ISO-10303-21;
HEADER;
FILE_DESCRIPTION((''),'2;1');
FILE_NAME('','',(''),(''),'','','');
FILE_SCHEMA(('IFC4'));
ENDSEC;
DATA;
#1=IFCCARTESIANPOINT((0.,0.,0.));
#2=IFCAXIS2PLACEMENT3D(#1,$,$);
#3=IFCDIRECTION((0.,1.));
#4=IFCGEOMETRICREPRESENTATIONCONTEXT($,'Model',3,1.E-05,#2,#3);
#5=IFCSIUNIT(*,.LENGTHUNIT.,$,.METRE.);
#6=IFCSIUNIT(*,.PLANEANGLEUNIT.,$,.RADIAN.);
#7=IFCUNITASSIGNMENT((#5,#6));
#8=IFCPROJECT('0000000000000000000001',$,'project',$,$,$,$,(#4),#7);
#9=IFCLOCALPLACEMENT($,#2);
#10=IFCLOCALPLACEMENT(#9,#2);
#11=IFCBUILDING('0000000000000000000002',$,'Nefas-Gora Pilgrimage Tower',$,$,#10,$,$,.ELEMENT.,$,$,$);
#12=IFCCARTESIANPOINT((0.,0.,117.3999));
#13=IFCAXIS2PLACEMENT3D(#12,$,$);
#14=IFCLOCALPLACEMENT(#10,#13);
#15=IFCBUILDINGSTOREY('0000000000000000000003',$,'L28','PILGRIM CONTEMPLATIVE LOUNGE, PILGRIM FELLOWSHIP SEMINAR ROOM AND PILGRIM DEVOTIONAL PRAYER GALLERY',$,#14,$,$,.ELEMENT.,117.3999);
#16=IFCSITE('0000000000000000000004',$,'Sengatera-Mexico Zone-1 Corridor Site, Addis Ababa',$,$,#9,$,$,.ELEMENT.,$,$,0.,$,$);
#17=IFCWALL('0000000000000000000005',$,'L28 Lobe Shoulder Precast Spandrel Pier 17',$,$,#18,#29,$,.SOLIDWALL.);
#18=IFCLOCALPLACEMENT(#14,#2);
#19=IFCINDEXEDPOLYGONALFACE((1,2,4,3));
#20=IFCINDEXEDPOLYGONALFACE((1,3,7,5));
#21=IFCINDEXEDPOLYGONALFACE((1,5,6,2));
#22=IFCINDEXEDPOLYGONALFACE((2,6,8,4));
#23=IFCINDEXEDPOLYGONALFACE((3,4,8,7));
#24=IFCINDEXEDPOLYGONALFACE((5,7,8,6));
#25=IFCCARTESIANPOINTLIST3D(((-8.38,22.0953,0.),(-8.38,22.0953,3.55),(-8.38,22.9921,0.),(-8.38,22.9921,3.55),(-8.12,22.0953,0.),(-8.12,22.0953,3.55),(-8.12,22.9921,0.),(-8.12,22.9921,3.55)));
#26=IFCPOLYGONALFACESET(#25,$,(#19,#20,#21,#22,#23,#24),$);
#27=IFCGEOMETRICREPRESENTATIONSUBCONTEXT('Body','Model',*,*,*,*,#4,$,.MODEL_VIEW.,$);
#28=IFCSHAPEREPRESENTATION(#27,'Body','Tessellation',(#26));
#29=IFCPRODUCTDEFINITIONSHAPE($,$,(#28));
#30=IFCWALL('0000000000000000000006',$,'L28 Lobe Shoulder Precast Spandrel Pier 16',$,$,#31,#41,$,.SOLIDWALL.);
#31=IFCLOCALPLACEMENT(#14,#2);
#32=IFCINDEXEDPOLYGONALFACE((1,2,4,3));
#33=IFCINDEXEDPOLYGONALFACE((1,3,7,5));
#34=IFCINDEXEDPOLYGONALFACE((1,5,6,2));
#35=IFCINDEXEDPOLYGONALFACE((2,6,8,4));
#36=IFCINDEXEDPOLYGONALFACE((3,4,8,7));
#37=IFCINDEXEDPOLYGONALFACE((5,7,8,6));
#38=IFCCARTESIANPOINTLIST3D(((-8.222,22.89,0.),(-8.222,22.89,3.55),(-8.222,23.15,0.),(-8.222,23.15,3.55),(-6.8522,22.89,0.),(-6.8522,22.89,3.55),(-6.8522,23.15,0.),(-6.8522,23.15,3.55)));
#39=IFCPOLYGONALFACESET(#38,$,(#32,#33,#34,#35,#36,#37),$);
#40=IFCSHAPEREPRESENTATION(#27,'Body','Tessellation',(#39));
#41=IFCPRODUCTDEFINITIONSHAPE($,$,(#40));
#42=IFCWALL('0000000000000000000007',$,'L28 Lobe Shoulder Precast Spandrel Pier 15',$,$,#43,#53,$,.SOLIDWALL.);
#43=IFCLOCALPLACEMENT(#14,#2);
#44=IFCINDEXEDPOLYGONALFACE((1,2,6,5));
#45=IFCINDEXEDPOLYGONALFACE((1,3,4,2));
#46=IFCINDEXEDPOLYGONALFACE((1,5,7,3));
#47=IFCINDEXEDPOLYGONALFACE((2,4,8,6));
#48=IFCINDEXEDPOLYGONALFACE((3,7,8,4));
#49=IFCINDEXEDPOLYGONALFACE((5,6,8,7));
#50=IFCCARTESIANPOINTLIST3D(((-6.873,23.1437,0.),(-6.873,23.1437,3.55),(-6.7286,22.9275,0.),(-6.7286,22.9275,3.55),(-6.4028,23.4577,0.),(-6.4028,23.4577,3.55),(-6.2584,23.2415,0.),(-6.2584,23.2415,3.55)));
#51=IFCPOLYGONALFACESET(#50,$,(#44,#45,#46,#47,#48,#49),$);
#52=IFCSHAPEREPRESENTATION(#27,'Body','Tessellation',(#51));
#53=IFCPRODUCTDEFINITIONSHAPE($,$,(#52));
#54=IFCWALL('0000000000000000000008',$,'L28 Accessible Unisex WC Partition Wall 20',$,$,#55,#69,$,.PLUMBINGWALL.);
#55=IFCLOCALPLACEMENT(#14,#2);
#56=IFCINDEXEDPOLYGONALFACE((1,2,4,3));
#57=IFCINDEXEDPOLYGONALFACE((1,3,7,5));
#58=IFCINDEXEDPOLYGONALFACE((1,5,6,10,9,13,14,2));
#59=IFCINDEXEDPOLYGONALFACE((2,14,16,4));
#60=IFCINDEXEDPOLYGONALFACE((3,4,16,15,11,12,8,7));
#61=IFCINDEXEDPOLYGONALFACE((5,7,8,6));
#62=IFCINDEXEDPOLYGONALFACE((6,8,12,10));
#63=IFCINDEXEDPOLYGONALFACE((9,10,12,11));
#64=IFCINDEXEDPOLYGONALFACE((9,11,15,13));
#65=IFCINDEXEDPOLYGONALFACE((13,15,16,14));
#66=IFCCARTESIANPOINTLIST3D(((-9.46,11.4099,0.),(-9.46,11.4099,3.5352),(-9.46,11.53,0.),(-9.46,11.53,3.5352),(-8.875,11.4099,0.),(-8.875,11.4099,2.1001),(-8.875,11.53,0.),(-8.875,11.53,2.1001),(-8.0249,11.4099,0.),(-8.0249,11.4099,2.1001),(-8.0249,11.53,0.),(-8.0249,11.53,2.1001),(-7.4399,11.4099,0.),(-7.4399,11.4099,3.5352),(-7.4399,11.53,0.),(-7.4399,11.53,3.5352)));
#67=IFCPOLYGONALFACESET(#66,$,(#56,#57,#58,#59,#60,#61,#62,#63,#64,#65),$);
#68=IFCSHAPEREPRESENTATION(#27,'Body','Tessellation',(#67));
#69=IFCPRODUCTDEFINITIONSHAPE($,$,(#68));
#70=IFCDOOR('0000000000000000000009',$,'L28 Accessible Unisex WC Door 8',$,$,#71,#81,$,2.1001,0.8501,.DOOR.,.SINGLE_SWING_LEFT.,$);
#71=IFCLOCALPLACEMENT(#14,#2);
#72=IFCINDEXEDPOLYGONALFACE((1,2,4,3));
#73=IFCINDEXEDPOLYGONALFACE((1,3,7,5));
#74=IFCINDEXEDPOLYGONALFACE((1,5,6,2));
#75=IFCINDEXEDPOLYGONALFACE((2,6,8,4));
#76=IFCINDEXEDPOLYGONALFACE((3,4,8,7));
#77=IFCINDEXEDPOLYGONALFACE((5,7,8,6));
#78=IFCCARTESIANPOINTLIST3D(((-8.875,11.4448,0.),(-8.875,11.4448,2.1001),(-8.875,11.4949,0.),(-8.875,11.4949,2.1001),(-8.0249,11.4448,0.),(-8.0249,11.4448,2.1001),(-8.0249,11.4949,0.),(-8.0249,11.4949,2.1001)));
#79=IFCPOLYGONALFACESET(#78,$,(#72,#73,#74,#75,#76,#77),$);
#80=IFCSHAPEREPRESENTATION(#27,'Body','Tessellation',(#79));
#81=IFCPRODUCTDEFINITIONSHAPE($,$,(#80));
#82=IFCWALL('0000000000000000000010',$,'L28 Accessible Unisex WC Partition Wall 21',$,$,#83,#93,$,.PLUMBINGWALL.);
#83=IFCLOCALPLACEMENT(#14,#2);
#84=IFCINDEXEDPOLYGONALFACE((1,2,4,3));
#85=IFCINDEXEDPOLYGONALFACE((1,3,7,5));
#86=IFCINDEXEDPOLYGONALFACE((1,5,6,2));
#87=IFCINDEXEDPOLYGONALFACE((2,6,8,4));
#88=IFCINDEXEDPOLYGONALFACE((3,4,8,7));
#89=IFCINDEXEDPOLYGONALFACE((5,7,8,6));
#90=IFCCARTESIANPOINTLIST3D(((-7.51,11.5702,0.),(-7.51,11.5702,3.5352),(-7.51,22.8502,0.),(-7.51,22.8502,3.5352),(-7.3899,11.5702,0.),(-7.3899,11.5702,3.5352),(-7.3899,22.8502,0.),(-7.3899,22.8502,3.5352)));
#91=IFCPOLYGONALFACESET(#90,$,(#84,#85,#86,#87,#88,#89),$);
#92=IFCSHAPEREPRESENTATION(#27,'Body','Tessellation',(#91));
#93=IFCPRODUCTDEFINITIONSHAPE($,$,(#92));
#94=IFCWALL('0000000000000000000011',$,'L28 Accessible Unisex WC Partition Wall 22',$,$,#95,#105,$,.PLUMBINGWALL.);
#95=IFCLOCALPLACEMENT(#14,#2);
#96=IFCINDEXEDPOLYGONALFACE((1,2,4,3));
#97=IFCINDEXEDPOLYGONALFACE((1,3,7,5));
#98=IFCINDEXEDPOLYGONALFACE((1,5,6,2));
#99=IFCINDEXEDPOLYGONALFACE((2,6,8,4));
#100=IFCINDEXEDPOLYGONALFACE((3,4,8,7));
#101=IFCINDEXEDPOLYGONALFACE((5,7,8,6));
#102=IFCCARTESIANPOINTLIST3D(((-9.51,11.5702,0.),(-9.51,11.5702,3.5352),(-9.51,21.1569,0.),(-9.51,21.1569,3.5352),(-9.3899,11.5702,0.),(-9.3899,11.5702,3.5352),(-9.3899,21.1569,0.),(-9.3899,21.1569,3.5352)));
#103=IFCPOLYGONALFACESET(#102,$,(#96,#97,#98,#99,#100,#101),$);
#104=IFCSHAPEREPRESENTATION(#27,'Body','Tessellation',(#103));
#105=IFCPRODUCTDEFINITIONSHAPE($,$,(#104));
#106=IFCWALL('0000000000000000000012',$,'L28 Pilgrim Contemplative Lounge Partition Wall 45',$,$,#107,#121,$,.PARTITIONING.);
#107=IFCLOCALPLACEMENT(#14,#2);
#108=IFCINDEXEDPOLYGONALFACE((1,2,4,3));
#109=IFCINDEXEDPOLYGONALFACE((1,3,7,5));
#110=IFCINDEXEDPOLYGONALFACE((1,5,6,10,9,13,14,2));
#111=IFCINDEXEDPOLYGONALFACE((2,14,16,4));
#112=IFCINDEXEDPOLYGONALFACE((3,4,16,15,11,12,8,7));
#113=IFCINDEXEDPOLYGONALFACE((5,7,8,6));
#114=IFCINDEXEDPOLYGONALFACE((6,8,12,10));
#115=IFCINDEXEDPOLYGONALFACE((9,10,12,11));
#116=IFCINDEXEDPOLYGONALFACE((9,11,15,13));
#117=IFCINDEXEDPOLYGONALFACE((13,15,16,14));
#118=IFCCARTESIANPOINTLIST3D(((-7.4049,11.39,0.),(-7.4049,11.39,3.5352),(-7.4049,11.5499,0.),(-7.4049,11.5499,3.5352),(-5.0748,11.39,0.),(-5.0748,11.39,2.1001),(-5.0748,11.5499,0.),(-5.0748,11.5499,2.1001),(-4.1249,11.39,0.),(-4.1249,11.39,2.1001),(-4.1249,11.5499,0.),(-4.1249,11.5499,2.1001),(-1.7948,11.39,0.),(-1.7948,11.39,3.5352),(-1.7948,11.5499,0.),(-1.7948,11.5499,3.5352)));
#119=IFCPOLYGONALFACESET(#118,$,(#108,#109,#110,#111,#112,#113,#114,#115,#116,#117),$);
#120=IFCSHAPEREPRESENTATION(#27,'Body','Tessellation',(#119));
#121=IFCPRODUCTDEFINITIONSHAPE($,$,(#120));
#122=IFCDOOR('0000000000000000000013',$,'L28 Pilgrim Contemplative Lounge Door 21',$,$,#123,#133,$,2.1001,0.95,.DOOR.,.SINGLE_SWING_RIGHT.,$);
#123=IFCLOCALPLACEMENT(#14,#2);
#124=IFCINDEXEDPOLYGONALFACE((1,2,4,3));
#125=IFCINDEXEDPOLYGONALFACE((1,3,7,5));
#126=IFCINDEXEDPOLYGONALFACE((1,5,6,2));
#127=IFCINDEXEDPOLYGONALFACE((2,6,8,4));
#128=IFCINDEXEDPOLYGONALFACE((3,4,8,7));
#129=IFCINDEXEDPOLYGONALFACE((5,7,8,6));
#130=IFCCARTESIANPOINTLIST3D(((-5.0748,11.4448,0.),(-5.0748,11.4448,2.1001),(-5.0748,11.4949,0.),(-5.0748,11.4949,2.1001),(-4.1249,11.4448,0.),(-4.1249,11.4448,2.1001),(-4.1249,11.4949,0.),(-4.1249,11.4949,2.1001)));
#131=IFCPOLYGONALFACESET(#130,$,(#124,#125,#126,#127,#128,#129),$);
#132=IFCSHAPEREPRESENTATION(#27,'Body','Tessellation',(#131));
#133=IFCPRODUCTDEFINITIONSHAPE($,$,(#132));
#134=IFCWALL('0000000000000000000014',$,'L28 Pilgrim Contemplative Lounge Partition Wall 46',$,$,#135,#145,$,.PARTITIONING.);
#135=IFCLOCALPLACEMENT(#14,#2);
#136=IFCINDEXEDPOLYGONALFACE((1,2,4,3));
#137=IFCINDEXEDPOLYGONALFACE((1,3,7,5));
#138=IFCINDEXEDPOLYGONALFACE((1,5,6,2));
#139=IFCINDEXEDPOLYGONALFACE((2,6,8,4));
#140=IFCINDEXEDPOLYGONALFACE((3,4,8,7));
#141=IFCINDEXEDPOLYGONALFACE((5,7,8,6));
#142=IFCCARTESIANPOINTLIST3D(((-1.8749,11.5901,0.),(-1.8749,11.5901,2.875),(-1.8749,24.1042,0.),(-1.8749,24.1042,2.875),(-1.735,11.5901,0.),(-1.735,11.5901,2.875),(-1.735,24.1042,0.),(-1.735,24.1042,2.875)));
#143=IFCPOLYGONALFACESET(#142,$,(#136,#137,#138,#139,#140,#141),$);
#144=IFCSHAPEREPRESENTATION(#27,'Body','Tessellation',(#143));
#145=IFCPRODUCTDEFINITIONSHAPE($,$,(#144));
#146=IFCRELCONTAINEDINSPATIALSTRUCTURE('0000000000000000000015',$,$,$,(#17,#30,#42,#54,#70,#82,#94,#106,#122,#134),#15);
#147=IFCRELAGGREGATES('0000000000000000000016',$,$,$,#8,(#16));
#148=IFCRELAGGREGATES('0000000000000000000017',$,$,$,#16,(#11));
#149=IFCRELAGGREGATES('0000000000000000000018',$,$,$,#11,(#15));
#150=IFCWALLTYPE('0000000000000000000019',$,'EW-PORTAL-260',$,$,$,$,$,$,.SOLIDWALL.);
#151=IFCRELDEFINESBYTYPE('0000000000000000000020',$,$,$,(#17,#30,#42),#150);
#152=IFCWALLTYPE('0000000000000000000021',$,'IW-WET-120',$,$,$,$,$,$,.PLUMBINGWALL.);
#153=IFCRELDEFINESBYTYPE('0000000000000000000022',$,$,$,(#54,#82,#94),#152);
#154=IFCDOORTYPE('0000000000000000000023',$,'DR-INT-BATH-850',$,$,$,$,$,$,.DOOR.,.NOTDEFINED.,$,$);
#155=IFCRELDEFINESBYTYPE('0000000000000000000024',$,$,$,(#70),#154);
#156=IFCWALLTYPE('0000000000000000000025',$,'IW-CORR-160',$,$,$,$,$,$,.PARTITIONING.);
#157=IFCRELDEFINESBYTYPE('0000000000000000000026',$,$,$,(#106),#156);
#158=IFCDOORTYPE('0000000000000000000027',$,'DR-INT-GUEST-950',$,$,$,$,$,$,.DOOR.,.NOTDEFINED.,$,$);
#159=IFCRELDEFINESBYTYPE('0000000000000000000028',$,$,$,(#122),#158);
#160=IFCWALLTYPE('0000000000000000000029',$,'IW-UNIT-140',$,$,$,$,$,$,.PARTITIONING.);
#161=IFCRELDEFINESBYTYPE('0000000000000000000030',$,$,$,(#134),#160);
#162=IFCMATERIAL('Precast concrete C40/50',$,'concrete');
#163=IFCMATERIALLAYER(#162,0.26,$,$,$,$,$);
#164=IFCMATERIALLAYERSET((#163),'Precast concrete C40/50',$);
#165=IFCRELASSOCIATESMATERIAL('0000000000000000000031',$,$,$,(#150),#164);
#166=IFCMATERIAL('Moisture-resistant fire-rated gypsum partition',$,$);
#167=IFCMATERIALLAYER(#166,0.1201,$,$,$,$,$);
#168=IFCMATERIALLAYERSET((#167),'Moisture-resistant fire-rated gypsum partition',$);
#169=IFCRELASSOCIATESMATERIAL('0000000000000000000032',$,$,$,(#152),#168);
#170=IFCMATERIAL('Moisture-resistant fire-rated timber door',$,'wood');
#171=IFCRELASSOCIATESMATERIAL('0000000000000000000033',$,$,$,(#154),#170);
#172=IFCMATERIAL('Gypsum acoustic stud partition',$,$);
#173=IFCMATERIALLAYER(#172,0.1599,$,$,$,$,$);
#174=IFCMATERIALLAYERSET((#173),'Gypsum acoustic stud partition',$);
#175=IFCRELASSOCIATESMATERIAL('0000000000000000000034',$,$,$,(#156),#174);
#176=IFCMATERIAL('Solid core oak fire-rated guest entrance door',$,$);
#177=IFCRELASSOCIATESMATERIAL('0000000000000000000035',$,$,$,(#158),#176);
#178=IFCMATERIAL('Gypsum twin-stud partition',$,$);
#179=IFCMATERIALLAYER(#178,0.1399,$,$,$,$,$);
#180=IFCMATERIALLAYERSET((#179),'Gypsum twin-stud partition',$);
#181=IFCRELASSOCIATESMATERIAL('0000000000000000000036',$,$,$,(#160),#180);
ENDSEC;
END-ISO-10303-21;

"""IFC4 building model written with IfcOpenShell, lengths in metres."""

from ifc_helpers import new_model, si_unit, direction, frame, frame_2d, origin, place, context, subcontext, project, spatial, rectangle, extrude, source, transform, mapped, material, layer, layer_set, type_object, element, fill, save


model = new_model("IFC4")

# Units and contexts
model_context = context("Model", 3, precision=1e-05, world=origin(), true_north=direction((0.0, 1.0)))
body_context = subcontext(model_context, "Body", "Model", "MODEL_VIEW")
ifc_project = project(units=[si_unit("LENGTHUNIT", "METRE"), si_unit("PLANEANGLEUNIT", "RADIAN")], contexts=[model_context])

# Site, building, storey
site_placement = place(None, origin())
site = spatial("IfcSite", under=ifc_project, at=site_placement, Name="Sengatera-Mexico Zone-1 Corridor Site, Addis Ababa", CompositionType="ELEMENT", RefElevation=0.0)
building_placement = place(site_placement, origin())
building = spatial("IfcBuilding", under=site, at=building_placement, Name="Nefas-Gora Pilgrimage Tower", CompositionType="ELEMENT")
storey_placement = place(building_placement, frame((0.0, 0.0, 117.3999)))
storey = spatial("IfcBuildingStorey", under=building, at=storey_placement, Name="L28", Description="PILGRIM CONTEMPLATIVE LOUNGE, PILGRIM FELLOWSHIP SEMINAR ROOM AND PILGRIM DEVOTIONAL PRAYER GALLERY", CompositionType="ELEMENT", Elevation=117.3999)

# Walls
ifc_material_1 = material(Name="Precast concrete C40/50", Category="concrete")
ifc_layer_1 = layer(ifc_material_1, 0.26)
ifc_layer_set_1 = layer_set([ifc_layer_1], Name="Precast concrete C40/50")
wall_type_1 = type_object("IfcWallType", Name="EW-PORTAL-260", PredefinedType="SOLIDWALL", material=ifc_layer_set_1)
shared_shape_1 = source(origin(), body_context, "Body", "SweptSolid", [
    extrude(rectangle(XDim=0.8967, YDim=0.26, at=frame_2d((0.4482, 0.0))), origin(), (0.0, 0.0, 1.0), 3.55),
])
wall_1_placement = place(storey_placement, frame((-8.25, 22.9919, 0.0), z_axis=(0.0, 0.0, 1.0), x_axis=(0.0, -1.0, 0.0)))
element("IfcWall", 1, at=wall_1_placement, inside=storey, type_object=wall_type_1, Name="L28 Lobe Shoulder Precast Spandrel Pier 17", PredefinedType="SOLIDWALL", context=body_context, shape_type="MappedRepresentation", body=[
    mapped(shared_shape_1, transform((0.0, 0.0, 0.0), x_axis=(1.0, 0.0, 0.0), y_axis=(0.0, 1.0, 0.0), z_axis=(0.0, 0.0, 1.0), scale=1.0)),
])
shared_shape_2 = source(origin(), body_context, "Body", "SweptSolid", [
    extrude(rectangle(XDim=1.3699, YDim=0.26, at=frame_2d((0.6851, 0.0))), origin(), (0.0, 0.0, 1.0), 3.55),
])
wall_2_placement = place(storey_placement, frame((-6.8521, 23.02, 0.0), z_axis=(0.0, 0.0, 1.0), x_axis=(-1.0, 0.0, 0.0)))
element("IfcWall", 2, at=wall_2_placement, inside=storey, type_object=wall_type_1, Name="L28 Lobe Shoulder Precast Spandrel Pier 16", PredefinedType="SOLIDWALL", context=body_context, shape_type="MappedRepresentation", body=[
    mapped(shared_shape_2, transform((0.0, 0.0, 0.0), x_axis=(1.0, 0.0, 0.0), y_axis=(0.0, 1.0, 0.0), z_axis=(0.0, 0.0, 1.0), scale=1.0)),
])
shared_shape_3 = source(origin(), body_context, "Body", "SweptSolid", [
    extrude(rectangle(XDim=0.5654, YDim=0.26, at=frame_2d((0.2827, 0.0))), origin(), (0.0, 0.0, 1.0), 3.55),
])
wall_3_placement = place(storey_placement, frame((-6.3306, 23.3496, 0.0), z_axis=(0.0, 0.0, 1.0), x_axis=(-0.831651, -0.555298, 0.0)))
element("IfcWall", 3, at=wall_3_placement, inside=storey, type_object=wall_type_1, Name="L28 Lobe Shoulder Precast Spandrel Pier 15", PredefinedType="SOLIDWALL", context=body_context, shape_type="MappedRepresentation", body=[
    mapped(shared_shape_3, transform((0.0, 0.0, 0.0), x_axis=(1.0, 0.0, 0.0), y_axis=(0.0, 1.0, 0.0), z_axis=(0.0, 0.0, 1.0), scale=1.0)),
])

# Wall, opening, door
ifc_material_2 = material(Name="Moisture-resistant fire-rated gypsum partition")
ifc_layer_2 = layer(ifc_material_2, 0.1201)
ifc_layer_set_2 = layer_set([ifc_layer_2], Name="Moisture-resistant fire-rated gypsum partition")
wall_type_2 = type_object("IfcWallType", Name="IW-WET-120", PredefinedType="PLUMBINGWALL", material=ifc_layer_set_2)
shared_shape_4 = source(origin(), body_context, "Body", "SweptSolid", [
    extrude(rectangle(XDim=2.02, YDim=0.1201, at=frame_2d((1.01, 0.0))), origin(), (0.0, 0.0, 1.0), 3.5352),
])
wall_4_placement = place(storey_placement, frame((-9.46, 11.47, 0.0), z_axis=(0.0, 0.0, 1.0), x_axis=(1.0, 0.0, 0.0)))
wall_4 = element("IfcWall", 4, at=wall_4_placement, inside=storey, type_object=wall_type_2, Name="L28 Accessible Unisex WC Partition Wall 20", PredefinedType="PLUMBINGWALL", context=body_context, shape_type="MappedRepresentation", body=[
    mapped(shared_shape_4, transform((0.0, 0.0, 0.0), x_axis=(1.0, 0.0, 0.0), y_axis=(0.0, 1.0, 0.0), z_axis=(0.0, 0.0, 1.0), scale=1.0)),
])
opening_1_placement = place(wall_4_placement, frame((0.585, 0.0, 0.0)))
opening_1 = element("IfcOpeningElement", 5, at=opening_1_placement, cuts=wall_4, PredefinedType="OPENING", context=body_context, shape_type="SweptSolid", body=[
    extrude(rectangle(XDim=0.8501, YDim=2.1001, at=frame_2d((0.425, 1.05))), frame((0.0, 0.0701, 0.0), z_axis=(0.0, -1.0, 0.0), x_axis=(1.0, 0.0, 0.0)), (0.0, 0.0, 1.0), 0.1401),
])
ifc_material_3 = material(Name="Moisture-resistant fire-rated timber door", Category="wood")
door_type_1 = type_object("IfcDoorType", Name="DR-INT-BATH-850", OperationType="NOTDEFINED", PredefinedType="DOOR", material=ifc_material_3)
shared_shape_5 = source(origin(), body_context, "Body", "SweptSolid", [
    extrude(rectangle(XDim=0.8501, YDim=2.1001, at=frame_2d((0.425, 1.05))), frame((0.0, 0.0249, 0.0), z_axis=(0.0, -1.0, 0.0), x_axis=(1.0, 0.0, 0.0)), (0.0, 0.0, 1.0), 0.05),
])
door_1_placement = place(opening_1_placement, origin())
door_1 = element("IfcDoor", 6, at=door_1_placement, inside=storey, type_object=door_type_1, Name="L28 Accessible Unisex WC Door 8", OperationType="SINGLE_SWING_LEFT", OverallHeight=2.1001, OverallWidth=0.8501, PredefinedType="DOOR", context=body_context, shape_type="MappedRepresentation", body=[
    mapped(shared_shape_5, transform((0.0, 0.0, 0.0), x_axis=(1.0, 0.0, 0.0), y_axis=(0.0, 1.0, 0.0), z_axis=(0.0, 0.0, 1.0), scale=1.0)),
])
fill(opening_1, door_1)

# Walls
shared_shape_6 = source(origin(), body_context, "Body", "SweptSolid", [
    extrude(rectangle(XDim=11.28, YDim=0.1201, at=frame_2d((5.6401, 0.0))), origin(), (0.0, 0.0, 1.0), 3.5352),
])
wall_5_placement = place(storey_placement, frame((-7.45, 11.5701, 0.0), z_axis=(0.0, 0.0, 1.0), x_axis=(0.0, 1.0, 0.0)))
element("IfcWall", 7, at=wall_5_placement, inside=storey, type_object=wall_type_2, Name="L28 Accessible Unisex WC Partition Wall 21", PredefinedType="PLUMBINGWALL", context=body_context, shape_type="MappedRepresentation", body=[
    mapped(shared_shape_6, transform((0.0, 0.0, 0.0), x_axis=(1.0, 0.0, 0.0), y_axis=(0.0, 1.0, 0.0), z_axis=(0.0, 0.0, 1.0), scale=1.0)),
])
shared_shape_7 = source(origin(), body_context, "Body", "SweptSolid", [
    extrude(rectangle(XDim=9.5867, YDim=0.1201, at=frame_2d((4.7935, 0.0))), origin(), (0.0, 0.0, 1.0), 3.5352),
])
wall_6_placement = place(storey_placement, frame((-9.45, 11.5701, 0.0), z_axis=(0.0, 0.0, 1.0), x_axis=(0.0, 1.0, 0.0)))
element("IfcWall", 8, at=wall_6_placement, inside=storey, type_object=wall_type_2, Name="L28 Accessible Unisex WC Partition Wall 22", PredefinedType="PLUMBINGWALL", context=body_context, shape_type="MappedRepresentation", body=[
    mapped(shared_shape_7, transform((0.0, 0.0, 0.0), x_axis=(1.0, 0.0, 0.0), y_axis=(0.0, 1.0, 0.0), z_axis=(0.0, 0.0, 1.0), scale=1.0)),
])

# Wall, opening, door
ifc_material_4 = material(Name="Gypsum acoustic stud partition")
ifc_layer_3 = layer(ifc_material_4, 0.1599)
ifc_layer_set_3 = layer_set([ifc_layer_3], Name="Gypsum acoustic stud partition")
wall_type_3 = type_object("IfcWallType", Name="IW-CORR-160", PredefinedType="PARTITIONING", material=ifc_layer_set_3)
shared_shape_8 = source(origin(), body_context, "Body", "SweptSolid", [
    extrude(rectangle(XDim=5.6101, YDim=0.1599, at=frame_2d((2.8052, 0.0))), origin(), (0.0, 0.0, 1.0), 3.5352),
])
wall_7_placement = place(storey_placement, frame((-7.405, 11.47, 0.0), z_axis=(0.0, 0.0, 1.0), x_axis=(1.0, 0.0, 0.0)))
wall_7 = element("IfcWall", 9, at=wall_7_placement, inside=storey, type_object=wall_type_3, Name="L28 Pilgrim Contemplative Lounge Partition Wall 45", PredefinedType="PARTITIONING", context=body_context, shape_type="MappedRepresentation", body=[
    mapped(shared_shape_8, transform((0.0, 0.0, 0.0), x_axis=(1.0, 0.0, 0.0), y_axis=(0.0, 1.0, 0.0), z_axis=(0.0, 0.0, 1.0), scale=1.0)),
])
opening_2_placement = place(wall_7_placement, frame((2.3301, 0.0, 0.0)))
opening_2 = element("IfcOpeningElement", 10, at=opening_2_placement, cuts=wall_7, PredefinedType="OPENING", context=body_context, shape_type="SweptSolid", body=[
    extrude(rectangle(XDim=0.95, YDim=2.1001, at=frame_2d((0.4751, 1.05))), frame((0.0, 0.0898, 0.0), z_axis=(0.0, -1.0, 0.0), x_axis=(1.0, 0.0, 0.0)), (0.0, 0.0, 1.0), 0.1799),
])
ifc_material_5 = material(Name="Solid core oak fire-rated guest entrance door")
door_type_2 = type_object("IfcDoorType", Name="DR-INT-GUEST-950", OperationType="NOTDEFINED", PredefinedType="DOOR", material=ifc_material_5)
shared_shape_9 = source(origin(), body_context, "Body", "SweptSolid", [
    extrude(rectangle(XDim=0.95, YDim=2.1001, at=frame_2d((0.4751, 1.05))), frame((0.0, 0.0249, 0.0), z_axis=(0.0, -1.0, 0.0), x_axis=(1.0, 0.0, 0.0)), (0.0, 0.0, 1.0), 0.05),
])
door_2_placement = place(opening_2_placement, origin())
door_2 = element("IfcDoor", 11, at=door_2_placement, inside=storey, type_object=door_type_2, Name="L28 Pilgrim Contemplative Lounge Door 21", OperationType="SINGLE_SWING_RIGHT", OverallHeight=2.1001, OverallWidth=0.95, PredefinedType="DOOR", context=body_context, shape_type="MappedRepresentation", body=[
    mapped(shared_shape_9, transform((0.0, 0.0, 0.0), x_axis=(1.0, 0.0, 0.0), y_axis=(0.0, 1.0, 0.0), z_axis=(0.0, 0.0, 1.0), scale=1.0)),
])
fill(opening_2, door_2)

# Wall
ifc_material_6 = material(Name="Gypsum twin-stud partition")
ifc_layer_4 = layer(ifc_material_6, 0.1399)
ifc_layer_set_4 = layer_set([ifc_layer_4], Name="Gypsum twin-stud partition")
wall_type_4 = type_object("IfcWallType", Name="IW-UNIT-140", PredefinedType="PARTITIONING", material=ifc_layer_set_4)
shared_shape_10 = source(origin(), body_context, "Body", "SweptSolid", [
    extrude(rectangle(XDim=12.5142, YDim=0.1399, at=frame_2d((6.2571, 0.0))), origin(), (0.0, 0.0, 1.0), 2.875),
])
wall_8_placement = place(storey_placement, frame((-1.8049, 11.5901, 0.0), z_axis=(0.0, 0.0, 1.0), x_axis=(0.0, 1.0, 0.0)))
element("IfcWall", 12, at=wall_8_placement, inside=storey, type_object=wall_type_4, Name="L28 Pilgrim Contemplative Lounge Partition Wall 46", PredefinedType="PARTITIONING", context=body_context, shape_type="MappedRepresentation", body=[
    mapped(shared_shape_10, transform((0.0, 0.0, 0.0), x_axis=(1.0, 0.0, 0.0), y_axis=(0.0, 1.0, 0.0), z_axis=(0.0, 0.0, 1.0), scale=1.0)),
])

save(model, "model.ifc")
